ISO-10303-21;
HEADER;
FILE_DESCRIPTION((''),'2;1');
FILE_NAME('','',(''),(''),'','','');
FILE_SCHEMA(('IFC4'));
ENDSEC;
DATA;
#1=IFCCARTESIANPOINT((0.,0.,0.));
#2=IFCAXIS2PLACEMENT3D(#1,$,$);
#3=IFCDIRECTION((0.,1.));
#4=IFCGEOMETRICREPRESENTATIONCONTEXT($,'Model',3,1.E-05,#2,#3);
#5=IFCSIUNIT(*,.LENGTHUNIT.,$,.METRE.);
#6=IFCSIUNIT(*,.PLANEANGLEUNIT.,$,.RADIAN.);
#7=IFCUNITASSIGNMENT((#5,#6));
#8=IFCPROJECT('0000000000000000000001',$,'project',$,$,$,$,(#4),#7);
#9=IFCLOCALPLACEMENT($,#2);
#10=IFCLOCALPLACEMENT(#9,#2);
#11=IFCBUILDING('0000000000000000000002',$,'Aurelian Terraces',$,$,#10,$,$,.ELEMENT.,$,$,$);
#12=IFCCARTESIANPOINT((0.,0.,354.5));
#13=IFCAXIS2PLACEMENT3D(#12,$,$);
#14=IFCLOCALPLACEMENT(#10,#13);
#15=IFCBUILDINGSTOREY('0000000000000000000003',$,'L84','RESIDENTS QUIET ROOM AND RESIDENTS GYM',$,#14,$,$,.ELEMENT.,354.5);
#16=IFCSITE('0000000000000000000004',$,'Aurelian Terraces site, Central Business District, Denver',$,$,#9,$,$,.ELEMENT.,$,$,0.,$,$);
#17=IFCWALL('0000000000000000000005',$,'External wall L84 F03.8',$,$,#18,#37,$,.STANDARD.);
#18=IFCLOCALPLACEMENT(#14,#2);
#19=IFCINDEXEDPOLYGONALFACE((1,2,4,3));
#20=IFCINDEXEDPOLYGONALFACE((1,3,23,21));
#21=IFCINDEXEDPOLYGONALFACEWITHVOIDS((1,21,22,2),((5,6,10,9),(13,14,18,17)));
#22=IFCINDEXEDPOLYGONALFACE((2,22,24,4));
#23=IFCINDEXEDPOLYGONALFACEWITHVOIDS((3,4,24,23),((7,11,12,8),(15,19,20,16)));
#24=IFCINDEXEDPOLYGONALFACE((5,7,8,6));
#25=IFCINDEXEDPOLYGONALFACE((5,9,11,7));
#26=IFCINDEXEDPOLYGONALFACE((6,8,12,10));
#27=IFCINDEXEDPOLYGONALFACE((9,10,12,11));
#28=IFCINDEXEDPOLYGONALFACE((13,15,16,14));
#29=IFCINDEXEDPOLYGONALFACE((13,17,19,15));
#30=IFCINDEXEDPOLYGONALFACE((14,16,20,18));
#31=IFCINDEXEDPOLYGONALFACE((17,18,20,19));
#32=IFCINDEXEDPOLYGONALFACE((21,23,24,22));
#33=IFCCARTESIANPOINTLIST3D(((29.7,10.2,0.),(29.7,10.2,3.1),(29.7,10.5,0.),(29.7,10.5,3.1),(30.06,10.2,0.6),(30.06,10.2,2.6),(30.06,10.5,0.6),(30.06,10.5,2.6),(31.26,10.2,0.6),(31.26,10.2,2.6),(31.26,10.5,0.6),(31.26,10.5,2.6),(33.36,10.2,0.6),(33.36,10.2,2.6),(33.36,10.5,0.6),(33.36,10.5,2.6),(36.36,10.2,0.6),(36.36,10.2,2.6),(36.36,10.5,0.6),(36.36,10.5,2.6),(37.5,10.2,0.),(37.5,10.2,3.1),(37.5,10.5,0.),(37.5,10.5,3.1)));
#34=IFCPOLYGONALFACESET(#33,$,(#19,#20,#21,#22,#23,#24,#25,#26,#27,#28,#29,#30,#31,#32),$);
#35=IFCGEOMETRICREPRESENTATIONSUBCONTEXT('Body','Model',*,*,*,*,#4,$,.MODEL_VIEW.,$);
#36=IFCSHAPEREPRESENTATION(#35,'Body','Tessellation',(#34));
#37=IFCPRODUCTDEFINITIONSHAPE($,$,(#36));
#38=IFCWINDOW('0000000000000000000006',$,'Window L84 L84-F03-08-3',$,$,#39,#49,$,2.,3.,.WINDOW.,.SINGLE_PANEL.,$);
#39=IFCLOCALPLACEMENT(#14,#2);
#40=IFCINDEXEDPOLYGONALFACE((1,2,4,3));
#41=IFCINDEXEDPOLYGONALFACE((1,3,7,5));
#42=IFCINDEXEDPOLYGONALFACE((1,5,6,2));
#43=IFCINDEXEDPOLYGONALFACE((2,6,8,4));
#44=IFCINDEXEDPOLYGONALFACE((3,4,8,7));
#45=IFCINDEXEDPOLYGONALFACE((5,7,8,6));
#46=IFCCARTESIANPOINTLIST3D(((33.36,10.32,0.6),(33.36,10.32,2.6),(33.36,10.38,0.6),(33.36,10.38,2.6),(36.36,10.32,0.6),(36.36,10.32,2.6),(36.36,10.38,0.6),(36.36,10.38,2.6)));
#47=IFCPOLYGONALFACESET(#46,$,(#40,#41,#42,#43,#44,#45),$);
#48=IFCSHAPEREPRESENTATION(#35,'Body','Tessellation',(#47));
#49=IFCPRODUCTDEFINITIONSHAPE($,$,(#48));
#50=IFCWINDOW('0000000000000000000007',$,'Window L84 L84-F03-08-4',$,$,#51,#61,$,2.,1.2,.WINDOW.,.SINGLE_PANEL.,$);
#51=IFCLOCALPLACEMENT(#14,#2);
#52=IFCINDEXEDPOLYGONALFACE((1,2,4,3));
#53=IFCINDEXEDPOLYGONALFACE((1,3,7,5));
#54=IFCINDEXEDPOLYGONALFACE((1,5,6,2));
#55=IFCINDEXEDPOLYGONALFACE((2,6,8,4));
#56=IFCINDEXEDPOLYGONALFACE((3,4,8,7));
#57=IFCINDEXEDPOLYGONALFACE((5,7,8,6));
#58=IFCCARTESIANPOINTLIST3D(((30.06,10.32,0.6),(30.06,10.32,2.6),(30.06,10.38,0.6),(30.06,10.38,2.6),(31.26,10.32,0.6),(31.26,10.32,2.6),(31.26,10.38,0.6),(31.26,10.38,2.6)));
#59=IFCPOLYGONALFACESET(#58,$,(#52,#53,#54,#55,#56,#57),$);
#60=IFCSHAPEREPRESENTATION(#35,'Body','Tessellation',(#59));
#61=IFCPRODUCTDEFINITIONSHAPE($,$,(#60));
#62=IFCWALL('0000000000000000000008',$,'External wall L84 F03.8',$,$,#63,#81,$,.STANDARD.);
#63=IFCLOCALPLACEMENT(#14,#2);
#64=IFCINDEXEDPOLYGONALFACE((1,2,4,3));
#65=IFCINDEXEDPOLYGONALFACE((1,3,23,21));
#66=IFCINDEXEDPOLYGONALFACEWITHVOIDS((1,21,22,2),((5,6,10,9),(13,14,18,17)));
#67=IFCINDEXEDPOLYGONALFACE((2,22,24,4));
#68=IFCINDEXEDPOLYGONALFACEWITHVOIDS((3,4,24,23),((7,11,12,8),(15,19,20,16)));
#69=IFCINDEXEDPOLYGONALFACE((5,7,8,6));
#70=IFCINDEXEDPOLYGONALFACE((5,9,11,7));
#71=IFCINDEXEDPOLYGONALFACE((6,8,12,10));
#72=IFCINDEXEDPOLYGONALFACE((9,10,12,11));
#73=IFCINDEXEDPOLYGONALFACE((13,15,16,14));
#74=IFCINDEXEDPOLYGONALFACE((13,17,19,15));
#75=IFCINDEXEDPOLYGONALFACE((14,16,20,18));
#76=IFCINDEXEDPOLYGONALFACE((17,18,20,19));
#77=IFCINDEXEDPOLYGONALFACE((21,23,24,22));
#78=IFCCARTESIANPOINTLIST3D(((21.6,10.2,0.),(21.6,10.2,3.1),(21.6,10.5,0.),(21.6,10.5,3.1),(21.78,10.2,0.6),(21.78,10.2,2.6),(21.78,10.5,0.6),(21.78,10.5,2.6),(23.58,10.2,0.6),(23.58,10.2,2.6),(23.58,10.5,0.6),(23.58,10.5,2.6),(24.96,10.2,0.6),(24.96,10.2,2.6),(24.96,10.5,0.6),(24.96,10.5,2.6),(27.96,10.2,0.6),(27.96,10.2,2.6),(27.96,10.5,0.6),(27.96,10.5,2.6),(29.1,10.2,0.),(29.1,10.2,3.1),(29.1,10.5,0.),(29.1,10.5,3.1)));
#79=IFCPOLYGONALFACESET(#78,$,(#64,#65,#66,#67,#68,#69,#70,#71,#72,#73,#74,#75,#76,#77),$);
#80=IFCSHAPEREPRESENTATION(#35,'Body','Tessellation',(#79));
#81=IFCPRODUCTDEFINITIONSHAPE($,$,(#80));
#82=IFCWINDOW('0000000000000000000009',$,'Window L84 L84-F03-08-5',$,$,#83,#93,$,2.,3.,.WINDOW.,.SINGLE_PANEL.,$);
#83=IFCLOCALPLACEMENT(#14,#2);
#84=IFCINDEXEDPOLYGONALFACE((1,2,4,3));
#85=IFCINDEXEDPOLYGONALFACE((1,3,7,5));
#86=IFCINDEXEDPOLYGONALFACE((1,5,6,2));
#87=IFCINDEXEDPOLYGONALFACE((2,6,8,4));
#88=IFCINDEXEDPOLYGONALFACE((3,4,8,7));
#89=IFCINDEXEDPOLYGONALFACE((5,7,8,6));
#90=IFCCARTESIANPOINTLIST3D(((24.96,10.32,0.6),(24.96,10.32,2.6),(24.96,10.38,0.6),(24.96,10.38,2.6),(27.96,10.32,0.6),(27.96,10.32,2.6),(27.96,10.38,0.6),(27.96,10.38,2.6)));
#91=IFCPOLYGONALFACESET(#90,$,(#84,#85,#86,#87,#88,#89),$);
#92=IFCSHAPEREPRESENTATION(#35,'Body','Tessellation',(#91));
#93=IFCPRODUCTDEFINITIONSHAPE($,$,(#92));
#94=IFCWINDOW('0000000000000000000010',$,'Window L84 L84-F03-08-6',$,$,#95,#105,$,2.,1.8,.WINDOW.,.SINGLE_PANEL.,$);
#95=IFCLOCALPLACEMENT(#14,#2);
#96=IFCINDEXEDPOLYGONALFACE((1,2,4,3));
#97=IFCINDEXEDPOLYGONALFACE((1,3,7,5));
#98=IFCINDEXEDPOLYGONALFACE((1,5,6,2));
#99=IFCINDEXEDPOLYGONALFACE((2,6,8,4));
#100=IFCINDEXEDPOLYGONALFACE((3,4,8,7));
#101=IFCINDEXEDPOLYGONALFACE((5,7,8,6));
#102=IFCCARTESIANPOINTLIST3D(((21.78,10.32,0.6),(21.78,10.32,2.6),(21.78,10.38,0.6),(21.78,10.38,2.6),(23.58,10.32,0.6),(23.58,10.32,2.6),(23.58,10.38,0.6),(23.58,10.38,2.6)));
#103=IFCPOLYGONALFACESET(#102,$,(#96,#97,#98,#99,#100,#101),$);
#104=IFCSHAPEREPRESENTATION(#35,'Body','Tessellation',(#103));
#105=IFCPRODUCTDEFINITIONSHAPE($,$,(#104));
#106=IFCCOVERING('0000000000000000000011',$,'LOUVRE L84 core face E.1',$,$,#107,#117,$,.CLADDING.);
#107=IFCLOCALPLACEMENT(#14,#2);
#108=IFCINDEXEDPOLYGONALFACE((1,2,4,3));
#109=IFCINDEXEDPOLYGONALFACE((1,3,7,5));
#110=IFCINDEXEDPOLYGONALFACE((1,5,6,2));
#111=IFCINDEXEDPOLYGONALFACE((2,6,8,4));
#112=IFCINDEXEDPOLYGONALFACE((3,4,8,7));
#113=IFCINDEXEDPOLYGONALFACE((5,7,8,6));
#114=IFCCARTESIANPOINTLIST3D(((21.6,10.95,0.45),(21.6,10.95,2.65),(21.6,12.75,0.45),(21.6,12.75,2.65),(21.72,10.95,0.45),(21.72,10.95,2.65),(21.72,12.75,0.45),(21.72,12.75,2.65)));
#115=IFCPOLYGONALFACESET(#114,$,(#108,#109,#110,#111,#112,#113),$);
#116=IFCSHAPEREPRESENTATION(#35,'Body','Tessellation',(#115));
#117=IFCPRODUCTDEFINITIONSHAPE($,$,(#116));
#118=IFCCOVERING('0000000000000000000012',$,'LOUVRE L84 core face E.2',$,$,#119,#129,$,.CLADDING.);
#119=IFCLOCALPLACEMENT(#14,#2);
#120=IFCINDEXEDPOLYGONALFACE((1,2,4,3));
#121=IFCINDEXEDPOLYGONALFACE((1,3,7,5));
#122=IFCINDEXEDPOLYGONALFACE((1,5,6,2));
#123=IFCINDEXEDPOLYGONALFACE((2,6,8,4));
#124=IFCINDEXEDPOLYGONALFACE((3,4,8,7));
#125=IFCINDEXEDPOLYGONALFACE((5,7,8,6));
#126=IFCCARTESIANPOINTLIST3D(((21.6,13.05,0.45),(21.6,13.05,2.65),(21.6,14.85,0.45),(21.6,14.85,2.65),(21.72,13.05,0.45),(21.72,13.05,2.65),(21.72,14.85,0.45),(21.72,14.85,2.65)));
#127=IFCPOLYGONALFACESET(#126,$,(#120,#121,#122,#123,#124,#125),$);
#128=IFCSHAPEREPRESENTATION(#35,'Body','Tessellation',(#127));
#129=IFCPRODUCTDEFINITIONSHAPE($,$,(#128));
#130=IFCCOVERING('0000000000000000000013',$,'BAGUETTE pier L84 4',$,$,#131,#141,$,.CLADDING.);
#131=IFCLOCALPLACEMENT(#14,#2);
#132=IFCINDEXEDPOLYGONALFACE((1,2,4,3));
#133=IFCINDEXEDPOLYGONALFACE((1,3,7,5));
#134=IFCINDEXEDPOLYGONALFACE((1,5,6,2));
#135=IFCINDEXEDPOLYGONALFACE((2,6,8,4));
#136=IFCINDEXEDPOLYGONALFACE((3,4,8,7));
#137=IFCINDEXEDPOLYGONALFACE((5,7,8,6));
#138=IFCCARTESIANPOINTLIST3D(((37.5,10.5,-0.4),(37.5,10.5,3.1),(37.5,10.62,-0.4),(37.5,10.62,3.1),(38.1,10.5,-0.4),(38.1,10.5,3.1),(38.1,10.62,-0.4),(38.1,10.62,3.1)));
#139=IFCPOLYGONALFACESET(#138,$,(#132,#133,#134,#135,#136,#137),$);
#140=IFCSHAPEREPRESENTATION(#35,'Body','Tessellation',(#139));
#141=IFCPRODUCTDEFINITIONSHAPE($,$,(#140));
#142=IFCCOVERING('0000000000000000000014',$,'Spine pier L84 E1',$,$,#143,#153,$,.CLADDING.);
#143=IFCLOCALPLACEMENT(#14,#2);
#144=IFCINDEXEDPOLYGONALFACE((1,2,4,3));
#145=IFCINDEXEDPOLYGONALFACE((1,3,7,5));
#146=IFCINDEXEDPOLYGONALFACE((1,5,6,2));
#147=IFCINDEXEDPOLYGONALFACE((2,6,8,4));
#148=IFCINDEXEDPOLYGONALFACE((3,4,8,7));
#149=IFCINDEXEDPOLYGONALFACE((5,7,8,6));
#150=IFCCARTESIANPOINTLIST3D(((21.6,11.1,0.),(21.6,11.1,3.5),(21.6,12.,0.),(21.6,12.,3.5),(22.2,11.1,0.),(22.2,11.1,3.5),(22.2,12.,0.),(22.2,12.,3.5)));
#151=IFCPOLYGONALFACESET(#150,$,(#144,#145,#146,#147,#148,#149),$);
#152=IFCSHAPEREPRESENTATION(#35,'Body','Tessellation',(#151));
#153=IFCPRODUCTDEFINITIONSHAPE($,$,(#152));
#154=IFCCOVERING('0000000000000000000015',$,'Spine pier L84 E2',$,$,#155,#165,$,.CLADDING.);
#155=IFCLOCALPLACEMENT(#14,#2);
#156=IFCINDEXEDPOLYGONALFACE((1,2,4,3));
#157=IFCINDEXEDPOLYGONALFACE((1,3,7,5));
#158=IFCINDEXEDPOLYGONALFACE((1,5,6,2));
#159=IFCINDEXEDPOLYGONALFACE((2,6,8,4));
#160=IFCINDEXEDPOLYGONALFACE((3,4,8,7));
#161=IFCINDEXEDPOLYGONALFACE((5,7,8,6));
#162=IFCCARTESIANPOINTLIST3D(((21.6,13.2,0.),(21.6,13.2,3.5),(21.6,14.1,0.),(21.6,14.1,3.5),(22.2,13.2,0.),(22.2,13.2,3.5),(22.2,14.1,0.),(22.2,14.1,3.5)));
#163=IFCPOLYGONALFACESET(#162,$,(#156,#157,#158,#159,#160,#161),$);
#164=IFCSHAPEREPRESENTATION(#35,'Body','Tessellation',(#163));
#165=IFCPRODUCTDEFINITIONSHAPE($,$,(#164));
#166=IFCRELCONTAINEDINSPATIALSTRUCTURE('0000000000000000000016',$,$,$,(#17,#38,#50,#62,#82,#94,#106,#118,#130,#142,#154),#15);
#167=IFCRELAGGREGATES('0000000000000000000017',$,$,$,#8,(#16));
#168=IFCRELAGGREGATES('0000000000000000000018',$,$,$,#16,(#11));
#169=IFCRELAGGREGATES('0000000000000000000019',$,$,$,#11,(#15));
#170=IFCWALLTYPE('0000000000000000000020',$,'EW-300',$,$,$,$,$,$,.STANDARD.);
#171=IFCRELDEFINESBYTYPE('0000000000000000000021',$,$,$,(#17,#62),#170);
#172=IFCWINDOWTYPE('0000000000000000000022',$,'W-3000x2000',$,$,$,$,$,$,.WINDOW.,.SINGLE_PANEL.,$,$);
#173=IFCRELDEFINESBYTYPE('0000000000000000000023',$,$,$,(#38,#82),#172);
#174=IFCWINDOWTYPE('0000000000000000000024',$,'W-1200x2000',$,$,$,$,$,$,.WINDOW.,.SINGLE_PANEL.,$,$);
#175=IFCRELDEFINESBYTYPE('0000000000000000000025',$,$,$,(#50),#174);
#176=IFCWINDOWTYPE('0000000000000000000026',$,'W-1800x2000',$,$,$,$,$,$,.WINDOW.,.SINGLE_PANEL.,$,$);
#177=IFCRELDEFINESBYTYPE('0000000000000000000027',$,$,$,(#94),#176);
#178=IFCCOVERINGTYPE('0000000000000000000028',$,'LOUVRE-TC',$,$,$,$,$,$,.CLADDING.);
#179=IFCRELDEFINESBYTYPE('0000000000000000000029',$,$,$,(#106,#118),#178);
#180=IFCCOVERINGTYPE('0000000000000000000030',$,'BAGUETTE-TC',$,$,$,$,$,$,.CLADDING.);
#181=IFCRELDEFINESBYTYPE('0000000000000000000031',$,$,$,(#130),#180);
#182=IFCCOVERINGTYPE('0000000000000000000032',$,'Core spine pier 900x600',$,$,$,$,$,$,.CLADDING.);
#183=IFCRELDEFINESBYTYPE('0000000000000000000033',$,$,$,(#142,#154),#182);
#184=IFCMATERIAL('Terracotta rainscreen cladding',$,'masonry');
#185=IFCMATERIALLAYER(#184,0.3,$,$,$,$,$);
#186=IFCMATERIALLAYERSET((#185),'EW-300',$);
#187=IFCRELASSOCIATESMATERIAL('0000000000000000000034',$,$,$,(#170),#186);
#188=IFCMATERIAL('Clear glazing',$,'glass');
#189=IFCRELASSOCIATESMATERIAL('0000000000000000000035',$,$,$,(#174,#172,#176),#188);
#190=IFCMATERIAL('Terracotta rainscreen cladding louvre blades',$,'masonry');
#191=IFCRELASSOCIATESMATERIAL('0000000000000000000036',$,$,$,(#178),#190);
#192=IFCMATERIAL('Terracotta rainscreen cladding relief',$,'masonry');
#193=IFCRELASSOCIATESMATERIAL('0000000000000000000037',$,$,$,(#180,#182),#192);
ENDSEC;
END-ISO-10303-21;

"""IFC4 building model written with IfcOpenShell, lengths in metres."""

from ifc_helpers import new_model, si_unit, direction, frame, frame_2d, origin, origin_2d, place, context, subcontext, project, spatial, rectangle, extrude, source, transform, mapped, material, layer, layer_set, type_object, element, fill, save


model = new_model("IFC4")

# Units and contexts
model_context = context("Model", 3, precision=1e-05, world=origin(), true_north=direction((0.0, 1.0)))
body_context = subcontext(model_context, "Body", "Model", "MODEL_VIEW")
ifc_project = project(units=[si_unit("LENGTHUNIT", "METRE"), si_unit("PLANEANGLEUNIT", "RADIAN")], contexts=[model_context])

# Site, building, storey
site_placement = place(None, origin())
site = spatial("IfcSite", under=ifc_project, at=site_placement, Name="Aurelian Terraces site, Central Business District, Denver", CompositionType="ELEMENT", RefElevation=0.0)
building_placement = place(site_placement, origin())
building = spatial("IfcBuilding", under=site, at=building_placement, Name="Aurelian Terraces", CompositionType="ELEMENT")
storey_placement = place(building_placement, frame((0.0, 0.0, 354.5)))
storey = spatial("IfcBuildingStorey", under=building, at=storey_placement, Name="L84", Description="RESIDENTS QUIET ROOM AND RESIDENTS GYM", CompositionType="ELEMENT", Elevation=354.5)

# Shared definitions
ifc_material_1 = material(Name="Terracotta rainscreen cladding", Category="masonry")
ifc_layer_1 = layer(ifc_material_1, 0.3)
ifc_layer_set_1 = layer_set([ifc_layer_1], Name="EW-300")
wall_type_1 = type_object("IfcWallType", Name="EW-300", PredefinedType="STANDARD", material=ifc_layer_set_1)
shared_shape_1 = source(origin(), body_context, "Body", "SweptSolid", [
    extrude(rectangle(XDim=1.2, YDim=2.0, at=frame_2d((0.6, 1.0))), frame((0.0, 0.16, 0.0), z_axis=(0.0, -1.0, 0.0), x_axis=(1.0, 0.0, 0.0)), (0.0, 0.0, 1.0), 0.32),
])
ifc_material_2 = material(Name="Clear glazing", Category="glass")
window_type_1 = type_object("IfcWindowType", Name="W-1200x2000", PartitioningType="SINGLE_PANEL", PredefinedType="WINDOW", material=ifc_material_2)
shared_shape_2 = source(origin(), body_context, "Body", "SweptSolid", [
    extrude(rectangle(XDim=1.2, YDim=2.0, at=frame_2d((0.6, 1.0))), frame((0.0, 0.03, 0.0), z_axis=(0.0, -1.0, 0.0), x_axis=(1.0, 0.0, 0.0)), (0.0, 0.0, 1.0), 0.06),
])

# Walls, openings, windows
shared_shape_3 = source(origin(), body_context, "Body", "SweptSolid", [
    extrude(rectangle(XDim=7.8, YDim=0.3, at=frame_2d((3.9, 0.0))), origin(), (0.0, 0.0, 1.0), 3.1),
])
shared_shape_4 = source(origin(), body_context, "Body", "SweptSolid", [
    extrude(rectangle(XDim=3.0, YDim=2.0, at=frame_2d((1.5, 1.0))), frame((0.0, 0.16, 0.0), z_axis=(0.0, -1.0, 0.0), x_axis=(1.0, 0.0, 0.0)), (0.0, 0.0, 1.0), 0.32),
])
window_type_2 = type_object("IfcWindowType", Name="W-3000x2000", PartitioningType="SINGLE_PANEL", PredefinedType="WINDOW", material=ifc_material_2)
shared_shape_5 = source(origin(), body_context, "Body", "SweptSolid", [
    extrude(rectangle(XDim=3.0, YDim=2.0, at=frame_2d((1.5, 1.0))), frame((0.0, 0.03, 0.0), z_axis=(0.0, -1.0, 0.0), x_axis=(1.0, 0.0, 0.0)), (0.0, 0.0, 1.0), 0.06),
])
wall_1_placement = place(storey_placement, frame((37.5, 10.35, 0.0), z_axis=(0.0, 0.0, 1.0), x_axis=(-1.0, 0.0, 0.0)))
wall_1 = element("IfcWall", 1, at=wall_1_placement, inside=storey, type_object=wall_type_1, Name="External wall L84 F03.8", PredefinedType="STANDARD", context=body_context, shape_type="MappedRepresentation", body=[
    mapped(shared_shape_3, transform((0.0, 0.0, 0.0), scale=1.0)),
])
opening_1_placement = place(wall_1_placement, frame((1.14, 0.0, 0.6)))
opening_1 = element("IfcOpeningElement", 2, at=opening_1_placement, cuts=wall_1, PredefinedType="OPENING", context=body_context, shape_type="MappedRepresentation", body=[
    mapped(shared_shape_4, transform((0.0, 0.0, 0.0), scale=1.0)),
])
opening_2_placement = place(wall_1_placement, frame((6.24, 0.0, 0.6)))
opening_2 = element("IfcOpeningElement", 3, at=opening_2_placement, cuts=wall_1, PredefinedType="OPENING", context=body_context, shape_type="MappedRepresentation", body=[
    mapped(shared_shape_1, transform((0.0, 0.0, 0.0), scale=1.0)),
])
window_1_placement = place(opening_1_placement, origin())
window_1 = element("IfcWindow", 4, at=window_1_placement, inside=storey, type_object=window_type_2, Name="Window L84 L84-F03-08-3", OverallHeight=2.0, OverallWidth=3.0, PartitioningType="SINGLE_PANEL", PredefinedType="WINDOW", context=body_context, shape_type="MappedRepresentation", body=[
    mapped(shared_shape_5, transform((0.0, 0.0, 0.0), scale=1.0)),
])
fill(opening_1, window_1)
window_2_placement = place(opening_2_placement, origin())
window_2 = element("IfcWindow", 5, at=window_2_placement, inside=storey, type_object=window_type_1, Name="Window L84 L84-F03-08-4", OverallHeight=2.0, OverallWidth=1.2, PartitioningType="SINGLE_PANEL", PredefinedType="WINDOW", context=body_context, shape_type="MappedRepresentation", body=[
    mapped(shared_shape_2, transform((0.0, 0.0, 0.0), scale=1.0)),
])
fill(opening_2, window_2)
shared_shape_6 = source(origin(), body_context, "Body", "SweptSolid", [
    extrude(rectangle(XDim=7.5, YDim=0.3, at=frame_2d((3.75, 0.0))), origin(), (0.0, 0.0, 1.0), 3.1),
])
wall_2_placement = place(storey_placement, frame((29.1, 10.35, 0.0), z_axis=(0.0, 0.0, 1.0), x_axis=(-1.0, 0.0, 0.0)))
wall_2 = element("IfcWall", 6, at=wall_2_placement, inside=storey, type_object=wall_type_1, Name="External wall L84 F03.8", PredefinedType="STANDARD", context=body_context, shape_type="MappedRepresentation", body=[
    mapped(shared_shape_6, transform((0.0, 0.0, 0.0), scale=1.0)),
])
opening_3_placement = place(wall_2_placement, frame((1.14, 0.0, 0.6)))
opening_3 = element("IfcOpeningElement", 7, at=opening_3_placement, cuts=wall_2, PredefinedType="OPENING", context=body_context, shape_type="MappedRepresentation", body=[
    mapped(shared_shape_4, transform((0.0, 0.0, 0.0), scale=1.0)),
])
shared_shape_7 = source(origin(), body_context, "Body", "SweptSolid", [
    extrude(rectangle(XDim=1.8, YDim=2.0, at=frame_2d((0.9, 1.0))), frame((0.0, 0.16, 0.0), z_axis=(0.0, -1.0, 0.0), x_axis=(1.0, 0.0, 0.0)), (0.0, 0.0, 1.0), 0.32),
])
opening_4_placement = place(wall_2_placement, frame((5.52, 0.0, 0.6)))
opening_4 = element("IfcOpeningElement", 8, at=opening_4_placement, cuts=wall_2, PredefinedType="OPENING", context=body_context, shape_type="MappedRepresentation", body=[
    mapped(shared_shape_7, transform((0.0, 0.0, 0.0), scale=1.0)),
])
window_3_placement = place(opening_3_placement, origin())
window_3 = element("IfcWindow", 9, at=window_3_placement, inside=storey, type_object=window_type_2, Name="Window L84 L84-F03-08-5", OverallHeight=2.0, OverallWidth=3.0, PartitioningType="SINGLE_PANEL", PredefinedType="WINDOW", context=body_context, shape_type="MappedRepresentation", body=[
    mapped(shared_shape_5, transform((0.0, 0.0, 0.0), scale=1.0)),
])
fill(opening_3, window_3)
window_type_3 = type_object("IfcWindowType", Name="W-1800x2000", PartitioningType="SINGLE_PANEL", PredefinedType="WINDOW", material=ifc_material_2)
shared_shape_8 = source(origin(), body_context, "Body", "SweptSolid", [
    extrude(rectangle(XDim=1.8, YDim=2.0, at=frame_2d((0.9, 1.0))), frame((0.0, 0.03, 0.0), z_axis=(0.0, -1.0, 0.0), x_axis=(1.0, 0.0, 0.0)), (0.0, 0.0, 1.0), 0.06),
])
window_4_placement = place(opening_4_placement, origin())
window_4 = element("IfcWindow", 10, at=window_4_placement, inside=storey, type_object=window_type_3, Name="Window L84 L84-F03-08-6", OverallHeight=2.0, OverallWidth=1.8, PartitioningType="SINGLE_PANEL", PredefinedType="WINDOW", context=body_context, shape_type="MappedRepresentation", body=[
    mapped(shared_shape_8, transform((0.0, 0.0, 0.0), scale=1.0)),
])
fill(opening_4, window_4)

# Coverings
ifc_material_3 = material(Name="Terracotta rainscreen cladding louvre blades", Category="masonry")
covering_type_1 = type_object("IfcCoveringType", Name="LOUVRE-TC", PredefinedType="CLADDING", material=ifc_material_3)
shared_shape_9 = source(origin(), body_context, "Body", "SweptSolid", [
    extrude(rectangle(XDim=0.12, YDim=1.8, at=origin_2d()), origin(), (0.0, 0.0, 1.0), 2.2),
])
for number, where, z_axis, x_axis, name in (
    (11, (21.66, 11.85, 0.45), (0.0, 0.0, 1.0), (1.0, 0.0, 0.0), "LOUVRE L84 core face E.1"),
    (12, (21.66, 13.95, 0.45), (0.0, 0.0, 1.0), (1.0, 0.0, 0.0), "LOUVRE L84 core face E.2"),
):
    element("IfcCovering", number, at=place(storey_placement, frame(where, z_axis=z_axis, x_axis=x_axis)), inside=storey, type_object=covering_type_1, Name=name, PredefinedType="CLADDING", context=body_context, shape_type="MappedRepresentation", body=[
        mapped(shared_shape_9, transform((0.0, 0.0, 0.0), scale=1.0)),
    ])
ifc_material_4 = material(Name="Terracotta rainscreen cladding relief", Category="masonry")
covering_type_2 = type_object("IfcCoveringType", Name="BAGUETTE-TC", PredefinedType="CLADDING", material=ifc_material_4)
shared_shape_10 = source(origin(), body_context, "Body", "SweptSolid", [
    extrude(rectangle(XDim=0.6, YDim=0.12, at=origin_2d()), origin(), (0.0, 0.0, 1.0), 3.5),
])
covering_placement = place(storey_placement, frame((37.8, 10.56, -0.4), z_axis=(0.0, 0.0, 1.0), x_axis=(1.0, 0.0, 0.0)))
element("IfcCovering", 13, at=covering_placement, inside=storey, type_object=covering_type_2, Name="BAGUETTE pier L84 4", PredefinedType="CLADDING", context=body_context, shape_type="MappedRepresentation", body=[
    mapped(shared_shape_10, transform((0.0, 0.0, 0.0), scale=1.0)),
])
covering_type_3 = type_object("IfcCoveringType", Name="Core spine pier 900x600", PredefinedType="CLADDING", material=ifc_material_4)
shared_shape_11 = source(origin(), body_context, "Body", "SweptSolid", [
    extrude(rectangle(XDim=0.6, YDim=0.9, at=origin_2d()), origin(), (0.0, 0.0, 1.0), 3.5),
])
for number, where, z_axis, x_axis, name in (
    (14, (21.9, 11.55, 0.0), (0.0, 0.0, 1.0), (1.0, 0.0, 0.0), "Spine pier L84 E1"),
    (15, (21.9, 13.65, 0.0), (0.0, 0.0, 1.0), (1.0, 0.0, 0.0), "Spine pier L84 E2"),
):
    element("IfcCovering", number, at=place(storey_placement, frame(where, z_axis=z_axis, x_axis=x_axis)), inside=storey, type_object=covering_type_3, Name=name, PredefinedType="CLADDING", context=body_context, shape_type="MappedRepresentation", body=[
        mapped(shared_shape_11, transform((0.0, 0.0, 0.0), scale=1.0)),
    ])

save(model, "model.ifc")
